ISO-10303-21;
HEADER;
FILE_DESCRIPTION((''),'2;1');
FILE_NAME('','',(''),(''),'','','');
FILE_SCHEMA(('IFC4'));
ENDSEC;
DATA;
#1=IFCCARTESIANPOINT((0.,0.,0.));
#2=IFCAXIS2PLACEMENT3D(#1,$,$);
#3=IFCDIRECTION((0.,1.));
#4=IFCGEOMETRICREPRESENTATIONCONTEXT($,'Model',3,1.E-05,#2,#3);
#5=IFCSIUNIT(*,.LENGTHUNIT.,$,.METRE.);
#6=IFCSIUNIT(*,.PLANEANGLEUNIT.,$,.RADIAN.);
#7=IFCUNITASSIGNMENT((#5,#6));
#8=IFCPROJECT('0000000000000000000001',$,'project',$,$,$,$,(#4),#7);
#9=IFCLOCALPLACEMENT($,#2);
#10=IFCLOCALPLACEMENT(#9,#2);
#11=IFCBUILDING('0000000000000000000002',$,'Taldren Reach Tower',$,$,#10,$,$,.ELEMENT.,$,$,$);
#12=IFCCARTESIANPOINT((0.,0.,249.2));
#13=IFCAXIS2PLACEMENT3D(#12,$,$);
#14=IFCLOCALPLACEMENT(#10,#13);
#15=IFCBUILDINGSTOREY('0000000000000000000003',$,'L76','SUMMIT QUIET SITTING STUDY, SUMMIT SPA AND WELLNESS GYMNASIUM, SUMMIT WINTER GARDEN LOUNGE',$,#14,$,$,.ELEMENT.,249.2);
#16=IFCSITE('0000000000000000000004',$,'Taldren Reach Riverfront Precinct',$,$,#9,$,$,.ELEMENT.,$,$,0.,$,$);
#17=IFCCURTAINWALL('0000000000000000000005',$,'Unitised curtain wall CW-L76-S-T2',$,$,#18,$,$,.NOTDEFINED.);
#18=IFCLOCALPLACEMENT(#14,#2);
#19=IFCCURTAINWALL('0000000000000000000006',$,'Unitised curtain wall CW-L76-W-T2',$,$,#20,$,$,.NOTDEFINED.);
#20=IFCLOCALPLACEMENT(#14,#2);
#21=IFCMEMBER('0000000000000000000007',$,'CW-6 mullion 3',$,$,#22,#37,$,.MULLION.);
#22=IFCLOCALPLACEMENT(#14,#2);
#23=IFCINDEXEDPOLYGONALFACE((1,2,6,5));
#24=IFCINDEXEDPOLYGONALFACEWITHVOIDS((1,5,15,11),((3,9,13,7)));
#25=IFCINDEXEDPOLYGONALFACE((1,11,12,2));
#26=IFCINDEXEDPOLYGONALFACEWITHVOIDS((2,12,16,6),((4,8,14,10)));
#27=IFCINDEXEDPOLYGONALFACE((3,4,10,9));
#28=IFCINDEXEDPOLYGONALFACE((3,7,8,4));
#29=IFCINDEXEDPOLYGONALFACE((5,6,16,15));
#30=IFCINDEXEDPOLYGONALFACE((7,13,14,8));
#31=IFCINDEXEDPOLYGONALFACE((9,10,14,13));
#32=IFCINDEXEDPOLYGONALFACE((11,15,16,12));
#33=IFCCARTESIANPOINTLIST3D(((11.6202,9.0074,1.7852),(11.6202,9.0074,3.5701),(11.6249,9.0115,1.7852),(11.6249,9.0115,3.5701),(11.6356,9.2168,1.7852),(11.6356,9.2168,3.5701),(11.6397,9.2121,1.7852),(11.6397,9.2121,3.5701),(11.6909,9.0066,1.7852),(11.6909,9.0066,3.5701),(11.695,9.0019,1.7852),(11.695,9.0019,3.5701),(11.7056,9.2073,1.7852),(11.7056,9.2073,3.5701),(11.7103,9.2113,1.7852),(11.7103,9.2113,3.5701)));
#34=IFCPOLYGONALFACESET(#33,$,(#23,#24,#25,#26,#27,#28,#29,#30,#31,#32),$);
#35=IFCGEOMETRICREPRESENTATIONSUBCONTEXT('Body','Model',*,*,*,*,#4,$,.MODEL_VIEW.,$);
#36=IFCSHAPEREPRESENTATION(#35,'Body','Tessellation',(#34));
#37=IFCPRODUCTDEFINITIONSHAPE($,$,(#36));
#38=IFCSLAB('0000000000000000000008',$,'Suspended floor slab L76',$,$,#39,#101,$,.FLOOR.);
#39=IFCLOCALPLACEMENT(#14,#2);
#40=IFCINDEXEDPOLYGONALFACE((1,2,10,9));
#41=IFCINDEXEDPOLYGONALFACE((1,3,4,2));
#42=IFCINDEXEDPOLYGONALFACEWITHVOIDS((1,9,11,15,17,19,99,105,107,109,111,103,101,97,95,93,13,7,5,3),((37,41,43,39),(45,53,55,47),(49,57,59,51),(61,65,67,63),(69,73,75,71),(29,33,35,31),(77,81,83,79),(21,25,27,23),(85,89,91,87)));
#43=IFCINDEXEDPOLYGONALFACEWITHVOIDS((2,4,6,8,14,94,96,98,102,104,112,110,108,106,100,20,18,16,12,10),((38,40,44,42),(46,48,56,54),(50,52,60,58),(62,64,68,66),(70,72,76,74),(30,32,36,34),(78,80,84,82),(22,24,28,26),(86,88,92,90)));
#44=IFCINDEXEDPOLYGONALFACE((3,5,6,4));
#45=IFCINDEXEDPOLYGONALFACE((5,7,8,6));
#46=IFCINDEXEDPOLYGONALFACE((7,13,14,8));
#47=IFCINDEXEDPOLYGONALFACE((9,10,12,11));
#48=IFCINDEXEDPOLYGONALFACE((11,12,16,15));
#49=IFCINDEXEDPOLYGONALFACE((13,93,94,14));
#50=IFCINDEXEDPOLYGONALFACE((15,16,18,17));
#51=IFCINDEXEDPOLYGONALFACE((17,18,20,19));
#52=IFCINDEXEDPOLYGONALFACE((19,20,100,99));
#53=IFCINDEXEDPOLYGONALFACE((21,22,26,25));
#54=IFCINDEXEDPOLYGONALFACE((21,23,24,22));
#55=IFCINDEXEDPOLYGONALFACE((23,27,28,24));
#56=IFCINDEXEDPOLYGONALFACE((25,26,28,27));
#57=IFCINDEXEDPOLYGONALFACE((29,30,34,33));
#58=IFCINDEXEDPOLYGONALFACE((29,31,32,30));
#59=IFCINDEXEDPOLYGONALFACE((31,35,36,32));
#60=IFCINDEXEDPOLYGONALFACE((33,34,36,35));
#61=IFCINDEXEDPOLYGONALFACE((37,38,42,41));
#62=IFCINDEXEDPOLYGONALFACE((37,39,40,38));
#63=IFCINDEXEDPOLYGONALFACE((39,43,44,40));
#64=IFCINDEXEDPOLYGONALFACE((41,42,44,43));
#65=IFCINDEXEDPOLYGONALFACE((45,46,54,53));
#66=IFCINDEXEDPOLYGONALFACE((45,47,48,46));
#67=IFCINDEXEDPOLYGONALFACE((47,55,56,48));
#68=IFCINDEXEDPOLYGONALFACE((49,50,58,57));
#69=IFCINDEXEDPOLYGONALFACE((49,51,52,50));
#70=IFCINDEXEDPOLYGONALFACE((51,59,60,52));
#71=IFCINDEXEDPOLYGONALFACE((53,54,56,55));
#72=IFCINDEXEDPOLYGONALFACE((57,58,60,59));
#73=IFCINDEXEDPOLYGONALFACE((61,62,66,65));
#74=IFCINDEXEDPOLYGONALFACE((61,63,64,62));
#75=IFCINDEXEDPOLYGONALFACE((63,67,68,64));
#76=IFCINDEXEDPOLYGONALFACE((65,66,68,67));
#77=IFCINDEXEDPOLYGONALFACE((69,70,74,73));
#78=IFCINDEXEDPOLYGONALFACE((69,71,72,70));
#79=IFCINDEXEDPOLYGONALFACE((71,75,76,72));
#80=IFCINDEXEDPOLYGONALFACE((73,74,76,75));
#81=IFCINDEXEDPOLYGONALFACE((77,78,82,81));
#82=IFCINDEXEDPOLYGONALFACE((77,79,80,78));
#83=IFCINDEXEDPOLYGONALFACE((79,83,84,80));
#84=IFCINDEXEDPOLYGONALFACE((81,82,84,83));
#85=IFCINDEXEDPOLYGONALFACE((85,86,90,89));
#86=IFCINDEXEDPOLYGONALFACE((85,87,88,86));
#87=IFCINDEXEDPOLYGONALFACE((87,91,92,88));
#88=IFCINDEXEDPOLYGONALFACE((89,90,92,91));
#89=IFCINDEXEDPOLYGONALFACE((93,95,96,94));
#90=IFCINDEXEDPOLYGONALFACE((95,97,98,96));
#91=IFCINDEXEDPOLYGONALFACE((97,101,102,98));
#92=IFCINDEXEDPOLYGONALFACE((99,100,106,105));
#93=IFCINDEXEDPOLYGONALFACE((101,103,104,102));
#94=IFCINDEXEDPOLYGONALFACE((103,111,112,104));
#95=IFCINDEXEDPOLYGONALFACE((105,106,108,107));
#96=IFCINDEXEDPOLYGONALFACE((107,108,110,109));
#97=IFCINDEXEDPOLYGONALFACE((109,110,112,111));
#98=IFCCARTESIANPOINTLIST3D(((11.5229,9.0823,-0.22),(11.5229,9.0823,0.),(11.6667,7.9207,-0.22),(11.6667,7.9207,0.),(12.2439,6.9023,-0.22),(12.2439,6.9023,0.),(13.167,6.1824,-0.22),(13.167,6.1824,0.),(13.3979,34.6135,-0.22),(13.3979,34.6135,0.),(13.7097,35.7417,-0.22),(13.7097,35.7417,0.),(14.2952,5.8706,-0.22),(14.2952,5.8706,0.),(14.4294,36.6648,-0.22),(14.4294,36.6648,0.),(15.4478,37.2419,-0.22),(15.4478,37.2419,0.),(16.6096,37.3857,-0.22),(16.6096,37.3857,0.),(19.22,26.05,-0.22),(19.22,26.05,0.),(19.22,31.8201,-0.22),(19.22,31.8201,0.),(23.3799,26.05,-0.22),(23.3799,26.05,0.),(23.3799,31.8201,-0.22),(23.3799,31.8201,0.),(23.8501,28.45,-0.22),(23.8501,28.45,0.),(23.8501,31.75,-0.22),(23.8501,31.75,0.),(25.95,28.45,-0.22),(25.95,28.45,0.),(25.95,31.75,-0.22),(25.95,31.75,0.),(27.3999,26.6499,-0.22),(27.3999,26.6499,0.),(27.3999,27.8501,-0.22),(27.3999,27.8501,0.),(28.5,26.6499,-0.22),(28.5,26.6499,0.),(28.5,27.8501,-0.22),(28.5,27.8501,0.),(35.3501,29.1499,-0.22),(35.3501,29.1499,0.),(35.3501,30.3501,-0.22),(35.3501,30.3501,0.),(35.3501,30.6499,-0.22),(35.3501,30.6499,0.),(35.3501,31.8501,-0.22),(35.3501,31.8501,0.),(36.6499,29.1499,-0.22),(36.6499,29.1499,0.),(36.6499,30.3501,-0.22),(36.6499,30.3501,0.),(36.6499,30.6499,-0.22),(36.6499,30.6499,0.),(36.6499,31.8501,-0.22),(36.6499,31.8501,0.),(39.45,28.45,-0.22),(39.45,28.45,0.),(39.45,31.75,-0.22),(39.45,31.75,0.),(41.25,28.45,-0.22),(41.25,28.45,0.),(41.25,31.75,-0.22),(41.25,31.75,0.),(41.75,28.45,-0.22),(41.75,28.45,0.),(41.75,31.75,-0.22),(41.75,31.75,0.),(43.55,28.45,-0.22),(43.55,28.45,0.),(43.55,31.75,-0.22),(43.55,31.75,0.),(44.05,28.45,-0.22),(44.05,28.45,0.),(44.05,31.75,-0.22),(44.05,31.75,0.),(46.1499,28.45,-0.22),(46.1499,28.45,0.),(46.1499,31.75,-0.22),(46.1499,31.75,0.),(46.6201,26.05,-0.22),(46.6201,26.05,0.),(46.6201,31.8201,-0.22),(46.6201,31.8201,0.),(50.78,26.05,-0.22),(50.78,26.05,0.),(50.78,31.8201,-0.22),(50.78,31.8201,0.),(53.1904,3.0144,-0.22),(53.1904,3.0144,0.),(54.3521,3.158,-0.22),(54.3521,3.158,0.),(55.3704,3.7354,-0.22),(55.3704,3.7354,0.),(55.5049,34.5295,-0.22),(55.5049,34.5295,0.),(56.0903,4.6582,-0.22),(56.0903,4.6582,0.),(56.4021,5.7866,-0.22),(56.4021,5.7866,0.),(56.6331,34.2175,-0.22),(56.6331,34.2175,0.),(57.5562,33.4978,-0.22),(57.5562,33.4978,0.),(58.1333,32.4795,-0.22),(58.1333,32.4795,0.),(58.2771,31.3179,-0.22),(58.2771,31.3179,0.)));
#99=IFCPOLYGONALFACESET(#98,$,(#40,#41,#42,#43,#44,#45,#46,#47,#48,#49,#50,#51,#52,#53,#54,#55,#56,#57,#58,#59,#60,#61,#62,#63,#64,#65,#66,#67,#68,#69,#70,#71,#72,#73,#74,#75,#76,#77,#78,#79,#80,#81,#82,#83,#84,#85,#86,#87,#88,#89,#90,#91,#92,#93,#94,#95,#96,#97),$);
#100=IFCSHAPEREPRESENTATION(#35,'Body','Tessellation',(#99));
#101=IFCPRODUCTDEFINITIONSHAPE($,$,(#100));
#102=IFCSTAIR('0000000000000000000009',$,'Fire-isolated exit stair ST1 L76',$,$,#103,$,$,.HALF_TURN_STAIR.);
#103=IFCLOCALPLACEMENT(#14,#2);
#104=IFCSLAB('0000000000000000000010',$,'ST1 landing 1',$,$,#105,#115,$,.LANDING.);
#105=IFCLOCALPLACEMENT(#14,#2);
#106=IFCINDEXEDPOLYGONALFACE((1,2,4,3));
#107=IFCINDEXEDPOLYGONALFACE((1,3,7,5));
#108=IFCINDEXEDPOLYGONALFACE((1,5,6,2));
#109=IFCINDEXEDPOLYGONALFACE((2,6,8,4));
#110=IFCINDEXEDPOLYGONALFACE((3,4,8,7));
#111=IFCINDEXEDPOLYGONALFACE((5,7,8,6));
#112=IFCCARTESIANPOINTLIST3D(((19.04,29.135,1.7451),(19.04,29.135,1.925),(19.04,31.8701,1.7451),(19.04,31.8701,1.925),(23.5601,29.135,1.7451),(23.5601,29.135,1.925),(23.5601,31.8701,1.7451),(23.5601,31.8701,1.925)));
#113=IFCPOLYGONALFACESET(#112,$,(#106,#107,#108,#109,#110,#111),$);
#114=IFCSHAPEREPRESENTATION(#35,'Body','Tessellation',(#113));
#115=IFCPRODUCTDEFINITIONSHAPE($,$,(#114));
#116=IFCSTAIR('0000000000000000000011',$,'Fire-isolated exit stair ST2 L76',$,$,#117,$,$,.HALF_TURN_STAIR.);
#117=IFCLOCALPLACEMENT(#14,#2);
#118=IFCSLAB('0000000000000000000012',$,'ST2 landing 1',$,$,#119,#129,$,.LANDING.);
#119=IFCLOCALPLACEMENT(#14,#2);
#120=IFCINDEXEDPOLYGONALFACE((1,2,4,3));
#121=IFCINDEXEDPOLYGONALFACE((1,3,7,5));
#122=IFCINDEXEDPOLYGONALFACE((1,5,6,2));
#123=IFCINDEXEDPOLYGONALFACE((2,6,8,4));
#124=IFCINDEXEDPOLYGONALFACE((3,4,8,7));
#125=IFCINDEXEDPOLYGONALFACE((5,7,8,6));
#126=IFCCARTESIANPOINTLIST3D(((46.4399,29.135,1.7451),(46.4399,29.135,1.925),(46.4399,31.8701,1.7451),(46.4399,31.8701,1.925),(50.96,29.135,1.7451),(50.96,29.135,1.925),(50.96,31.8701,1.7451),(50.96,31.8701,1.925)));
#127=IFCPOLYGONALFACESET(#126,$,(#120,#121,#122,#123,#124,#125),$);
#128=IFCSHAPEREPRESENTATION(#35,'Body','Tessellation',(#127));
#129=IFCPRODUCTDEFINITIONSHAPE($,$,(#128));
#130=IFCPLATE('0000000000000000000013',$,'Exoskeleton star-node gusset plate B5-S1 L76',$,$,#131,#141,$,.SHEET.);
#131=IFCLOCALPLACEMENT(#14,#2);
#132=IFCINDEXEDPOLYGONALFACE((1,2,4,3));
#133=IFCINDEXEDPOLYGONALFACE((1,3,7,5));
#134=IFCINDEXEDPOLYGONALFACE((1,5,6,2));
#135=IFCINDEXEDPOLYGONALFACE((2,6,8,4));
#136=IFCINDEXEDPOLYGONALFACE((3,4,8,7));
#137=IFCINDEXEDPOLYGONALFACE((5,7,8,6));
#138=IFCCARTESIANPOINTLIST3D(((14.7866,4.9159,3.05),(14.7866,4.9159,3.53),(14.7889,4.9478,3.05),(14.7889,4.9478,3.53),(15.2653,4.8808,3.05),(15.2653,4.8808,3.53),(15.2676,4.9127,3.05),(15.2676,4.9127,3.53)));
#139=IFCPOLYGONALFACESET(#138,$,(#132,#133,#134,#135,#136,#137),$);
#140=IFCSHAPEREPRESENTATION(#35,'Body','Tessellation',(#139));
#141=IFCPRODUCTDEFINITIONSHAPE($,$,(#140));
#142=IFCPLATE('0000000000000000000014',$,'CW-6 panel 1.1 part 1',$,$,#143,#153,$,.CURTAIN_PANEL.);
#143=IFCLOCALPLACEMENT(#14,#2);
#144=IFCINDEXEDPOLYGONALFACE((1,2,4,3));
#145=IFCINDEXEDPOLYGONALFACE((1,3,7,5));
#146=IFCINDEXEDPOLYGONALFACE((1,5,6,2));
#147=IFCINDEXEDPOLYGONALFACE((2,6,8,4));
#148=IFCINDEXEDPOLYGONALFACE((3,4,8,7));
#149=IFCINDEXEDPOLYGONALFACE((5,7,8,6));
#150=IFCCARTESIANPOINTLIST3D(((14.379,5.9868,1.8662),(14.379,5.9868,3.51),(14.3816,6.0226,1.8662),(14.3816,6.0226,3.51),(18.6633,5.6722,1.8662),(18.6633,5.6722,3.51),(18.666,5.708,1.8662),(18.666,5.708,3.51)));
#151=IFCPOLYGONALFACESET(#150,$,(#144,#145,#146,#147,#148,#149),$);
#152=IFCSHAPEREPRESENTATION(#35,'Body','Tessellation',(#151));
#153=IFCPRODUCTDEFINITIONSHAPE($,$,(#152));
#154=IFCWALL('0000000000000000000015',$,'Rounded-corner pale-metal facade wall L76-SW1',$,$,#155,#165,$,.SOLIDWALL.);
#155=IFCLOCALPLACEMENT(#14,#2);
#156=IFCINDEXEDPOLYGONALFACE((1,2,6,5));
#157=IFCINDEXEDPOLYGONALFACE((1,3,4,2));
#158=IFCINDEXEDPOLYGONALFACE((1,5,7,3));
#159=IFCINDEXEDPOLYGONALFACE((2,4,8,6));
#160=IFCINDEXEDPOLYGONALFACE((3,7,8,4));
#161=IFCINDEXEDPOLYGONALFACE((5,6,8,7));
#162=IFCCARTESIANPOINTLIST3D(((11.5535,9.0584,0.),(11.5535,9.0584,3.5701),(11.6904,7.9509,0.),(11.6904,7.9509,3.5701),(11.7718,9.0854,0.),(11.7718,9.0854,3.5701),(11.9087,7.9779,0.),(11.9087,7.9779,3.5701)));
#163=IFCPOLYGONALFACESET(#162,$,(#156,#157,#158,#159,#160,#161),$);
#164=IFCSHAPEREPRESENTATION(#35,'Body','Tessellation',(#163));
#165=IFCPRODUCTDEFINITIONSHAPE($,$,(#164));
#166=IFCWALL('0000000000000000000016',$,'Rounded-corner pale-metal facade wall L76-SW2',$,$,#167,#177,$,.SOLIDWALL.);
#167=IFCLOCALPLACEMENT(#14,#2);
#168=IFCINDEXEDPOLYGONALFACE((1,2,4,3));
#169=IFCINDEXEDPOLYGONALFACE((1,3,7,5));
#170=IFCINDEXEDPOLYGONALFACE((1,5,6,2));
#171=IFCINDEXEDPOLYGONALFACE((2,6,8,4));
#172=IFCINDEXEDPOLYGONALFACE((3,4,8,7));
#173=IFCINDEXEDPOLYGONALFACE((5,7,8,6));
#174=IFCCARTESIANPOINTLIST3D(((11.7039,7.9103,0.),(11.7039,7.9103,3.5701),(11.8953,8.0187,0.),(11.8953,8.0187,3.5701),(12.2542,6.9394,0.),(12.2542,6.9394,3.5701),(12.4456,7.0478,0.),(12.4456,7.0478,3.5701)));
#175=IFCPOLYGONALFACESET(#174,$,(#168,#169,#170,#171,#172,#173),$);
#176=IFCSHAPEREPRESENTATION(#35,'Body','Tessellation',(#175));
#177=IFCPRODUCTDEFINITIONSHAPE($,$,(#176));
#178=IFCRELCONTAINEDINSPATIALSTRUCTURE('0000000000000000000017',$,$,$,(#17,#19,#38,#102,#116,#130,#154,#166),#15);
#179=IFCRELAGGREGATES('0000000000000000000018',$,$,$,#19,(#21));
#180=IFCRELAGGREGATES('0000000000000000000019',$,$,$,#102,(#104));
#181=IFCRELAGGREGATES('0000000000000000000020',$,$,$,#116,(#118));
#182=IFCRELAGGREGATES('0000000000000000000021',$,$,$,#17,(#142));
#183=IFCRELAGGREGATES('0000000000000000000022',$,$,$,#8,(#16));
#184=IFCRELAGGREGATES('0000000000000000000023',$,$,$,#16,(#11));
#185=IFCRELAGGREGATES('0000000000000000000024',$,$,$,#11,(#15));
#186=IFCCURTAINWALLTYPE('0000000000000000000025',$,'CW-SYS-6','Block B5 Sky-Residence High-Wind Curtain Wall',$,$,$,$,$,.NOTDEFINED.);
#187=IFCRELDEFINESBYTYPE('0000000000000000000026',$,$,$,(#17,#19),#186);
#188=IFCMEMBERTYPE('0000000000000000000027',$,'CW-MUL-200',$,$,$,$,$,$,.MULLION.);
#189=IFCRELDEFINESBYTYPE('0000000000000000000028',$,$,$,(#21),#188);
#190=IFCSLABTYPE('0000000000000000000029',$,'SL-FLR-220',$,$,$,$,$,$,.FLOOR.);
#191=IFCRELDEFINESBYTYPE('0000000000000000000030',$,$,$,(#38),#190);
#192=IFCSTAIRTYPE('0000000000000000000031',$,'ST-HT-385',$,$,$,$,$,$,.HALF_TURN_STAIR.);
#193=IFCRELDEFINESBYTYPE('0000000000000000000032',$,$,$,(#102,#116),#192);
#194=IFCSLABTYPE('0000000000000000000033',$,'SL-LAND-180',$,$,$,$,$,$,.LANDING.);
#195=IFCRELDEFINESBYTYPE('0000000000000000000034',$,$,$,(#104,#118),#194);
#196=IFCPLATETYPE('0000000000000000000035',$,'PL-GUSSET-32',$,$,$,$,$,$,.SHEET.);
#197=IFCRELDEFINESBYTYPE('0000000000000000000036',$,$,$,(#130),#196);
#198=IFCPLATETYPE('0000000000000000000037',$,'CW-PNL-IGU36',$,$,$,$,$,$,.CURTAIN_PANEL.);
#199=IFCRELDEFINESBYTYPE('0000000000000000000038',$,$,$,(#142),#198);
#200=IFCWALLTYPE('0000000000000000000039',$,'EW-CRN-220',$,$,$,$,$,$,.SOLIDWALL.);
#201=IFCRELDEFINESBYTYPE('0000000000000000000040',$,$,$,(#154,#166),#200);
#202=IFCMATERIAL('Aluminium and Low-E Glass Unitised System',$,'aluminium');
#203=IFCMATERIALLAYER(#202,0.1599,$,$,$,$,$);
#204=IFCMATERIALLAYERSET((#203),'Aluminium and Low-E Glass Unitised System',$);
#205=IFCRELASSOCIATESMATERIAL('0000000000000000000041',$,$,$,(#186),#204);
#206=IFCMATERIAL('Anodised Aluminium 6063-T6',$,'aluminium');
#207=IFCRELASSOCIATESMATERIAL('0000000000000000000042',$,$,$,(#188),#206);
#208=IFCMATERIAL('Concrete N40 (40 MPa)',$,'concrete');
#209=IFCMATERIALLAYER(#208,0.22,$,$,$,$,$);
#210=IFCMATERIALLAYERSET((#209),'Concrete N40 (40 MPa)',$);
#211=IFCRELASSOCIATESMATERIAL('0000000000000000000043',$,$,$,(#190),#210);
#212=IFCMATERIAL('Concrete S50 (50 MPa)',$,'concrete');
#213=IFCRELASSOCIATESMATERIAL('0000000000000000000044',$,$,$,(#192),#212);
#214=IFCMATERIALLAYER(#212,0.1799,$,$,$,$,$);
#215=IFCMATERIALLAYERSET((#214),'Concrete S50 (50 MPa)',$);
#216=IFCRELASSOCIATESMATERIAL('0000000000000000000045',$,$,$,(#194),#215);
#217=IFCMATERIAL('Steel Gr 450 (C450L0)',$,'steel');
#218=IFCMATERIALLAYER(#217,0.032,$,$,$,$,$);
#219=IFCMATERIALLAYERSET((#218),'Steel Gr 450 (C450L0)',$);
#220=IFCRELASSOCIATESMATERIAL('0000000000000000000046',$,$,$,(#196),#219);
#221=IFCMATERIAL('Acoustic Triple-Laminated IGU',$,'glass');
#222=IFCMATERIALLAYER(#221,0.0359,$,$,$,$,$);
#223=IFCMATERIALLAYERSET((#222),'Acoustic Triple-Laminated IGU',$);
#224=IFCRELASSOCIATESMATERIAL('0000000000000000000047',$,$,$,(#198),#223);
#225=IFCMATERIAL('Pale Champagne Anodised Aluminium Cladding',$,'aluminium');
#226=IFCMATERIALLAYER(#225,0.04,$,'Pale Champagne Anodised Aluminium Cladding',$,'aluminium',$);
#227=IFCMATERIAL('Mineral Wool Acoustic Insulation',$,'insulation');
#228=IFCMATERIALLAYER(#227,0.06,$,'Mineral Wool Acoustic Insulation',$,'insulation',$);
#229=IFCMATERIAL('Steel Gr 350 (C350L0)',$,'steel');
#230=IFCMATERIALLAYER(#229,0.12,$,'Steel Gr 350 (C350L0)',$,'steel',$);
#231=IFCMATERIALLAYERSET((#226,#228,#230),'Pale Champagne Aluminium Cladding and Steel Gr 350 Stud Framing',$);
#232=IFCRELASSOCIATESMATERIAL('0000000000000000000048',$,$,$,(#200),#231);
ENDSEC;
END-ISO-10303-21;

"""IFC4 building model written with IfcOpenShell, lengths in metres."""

from ifc_helpers import new_model, si_unit, direction, frame, frame_2d, origin, origin_2d, place, context, subcontext, project, spatial, polyline, rectangle, hollow_rectangle, outline, extrude, source, transform, mapped, material, layer, layer_set, material_profile, profile_set, type_object, element, aggregate, save


model = new_model("IFC4")

# Units and contexts
model_context = context("Model", 3, precision=1e-05, world=origin(), true_north=direction((0.0, 1.0)))
body_context = subcontext(model_context, "Body", "Model", "MODEL_VIEW")
ifc_project = project(units=[si_unit("LENGTHUNIT", "METRE"), si_unit("PLANEANGLEUNIT", "RADIAN")], contexts=[model_context])

# Site, building, storey
site_placement = place(None, origin())
site = spatial("IfcSite", under=ifc_project, at=site_placement, Name="Taldren Reach Riverfront Precinct", CompositionType="ELEMENT", RefElevation=0.0)
building_placement = place(site_placement, origin())
building = spatial("IfcBuilding", under=site, at=building_placement, Name="Taldren Reach Tower", CompositionType="ELEMENT")
storey_placement = place(building_placement, frame((0.0, 0.0, 249.2)))
storey = spatial("IfcBuildingStorey", under=building, at=storey_placement, Name="L76", Description="SUMMIT QUIET SITTING STUDY, SUMMIT SPA AND WELLNESS GYMNASIUM, SUMMIT WINTER GARDEN LOUNGE", CompositionType="ELEMENT", Elevation=249.2)

# Shared definitions
ifc_material_1 = material(Name="Steel Gr 350 (C350L0)", Category="steel")

# Shared definitions
ifc_material_2 = material(Name="Steel Gr 450 (C450L0)", Category="steel")

# Curtain wall
ifc_material_3 = material(Name="Aluminium and Low-E Glass Unitised System", Category="aluminium")
ifc_layer_1 = layer(ifc_material_3, 0.1599)
ifc_layer_set_1 = layer_set([ifc_layer_1], Name="Aluminium and Low-E Glass Unitised System")
curtain_wall_type = type_object("IfcCurtainWallType", Name="CW-SYS-6", Description="Block B5 Sky-Residence High-Wind Curtain Wall", PredefinedType="NOTDEFINED", material=ifc_layer_set_1)
ifc_material_4 = material(Name="Anodised Aluminium 6063-T6", Category="aluminium")
curtain_wall_1_placement = place(storey_placement, origin())
curtain_wall_1 = element("IfcCurtainWall", 1, at=curtain_wall_1_placement, inside=storey, type_object=curtain_wall_type, Name="Unitised curtain wall CW-L76-S-T2", PredefinedType="NOTDEFINED")

# Shared definitions
ifc_material_profile_1 = material_profile(ifc_material_4, hollow_rectangle(XDim=0.075, YDim=0.21, WallThickness=0.0044, at=origin_2d()), Name="ALU-210x75x4.5RHS")
ifc_profile_set_1 = profile_set([ifc_material_profile_1], Name="Anodised Aluminium 6063-T6")
member_type_1 = type_object("IfcMemberType", Name="CW-MUL-200", PredefinedType="MULLION", material=ifc_profile_set_1)

# Shared definitions
shared_shape_1 = source(origin(), body_context, "Body", "SweptSolid", [
    extrude(hollow_rectangle(XDim=0.075, YDim=0.21, WallThickness=0.0044, at=origin_2d()), origin(), (0.0, 0.0, 1.0), 1.7849),
])

# Curtain wall, member
curtain_wall_2_placement = place(storey_placement, origin())
curtain_wall_2 = element("IfcCurtainWall", 2, at=curtain_wall_2_placement, inside=storey, type_object=curtain_wall_type, Name="Unitised curtain wall CW-L76-W-T2", PredefinedType="NOTDEFINED")
member_1_placement = place(storey_placement, frame((11.6653, 9.1094, 1.7852), z_axis=(0.0, 0.0, 1.0), x_axis=(0.997314, -0.073238, 0.0)))
member_1 = element("IfcMember", 3, at=member_1_placement, type_object=member_type_1, Name="CW-6 mullion 3", PredefinedType="MULLION", context=body_context, shape_type="MappedRepresentation", body=[
    mapped(shared_shape_1, transform((0.0, 0.0, 0.0), scale=1.0)),
])
aggregate(curtain_wall_2, [member_1])

# Slab
ifc_material_5 = material(Name="Concrete N40 (40 MPa)", Category="concrete")
ifc_layer_2 = layer(ifc_material_5, 0.22)
ifc_layer_set_2 = layer_set([ifc_layer_2], Name="Concrete N40 (40 MPa)")
slab_type_1 = type_object("IfcSlabType", Name="SL-FLR-220", PredefinedType="FLOOR", material=ifc_layer_set_2)
slab_1_placement = place(storey_placement, frame((0.0, 0.0, -0.22)))
element("IfcSlab", 4, at=slab_1_placement, inside=storey, type_object=slab_type_1, Name="Suspended floor slab L76", PredefinedType="FLOOR", context=body_context, shape_type="SweptSolid", body=[
    extrude(outline(polyline([(53.1904, 3.0144), (54.3521, 3.158), (55.3704, 3.7354), (56.0903, 4.6582), (56.4021, 5.7866), (58.2771, 31.3179), (58.1333, 32.4795), (57.5562, 33.4978), (56.6331, 34.2175), (55.5049, 34.5295), (16.6096, 37.3857), (15.4478, 37.2419), (14.4294, 36.6648), (13.7097, 35.7417), (13.3979, 34.6135), (11.5229, 9.0823), (11.6667, 7.9207), (12.2439, 6.9023), (13.167, 6.1824), (14.2952, 5.8706), (53.1904, 3.0144)]), holes=[polyline([(19.22, 26.05), (23.3799, 26.05), (23.3799, 31.8201), (19.22, 31.8201), (19.22, 26.05)]), polyline([(46.6201, 26.05), (50.78, 26.05), (50.78, 31.8201), (46.6201, 31.8201), (46.6201, 26.05)]), polyline([(23.8501, 28.45), (25.95, 28.45), (25.95, 31.75), (23.8501, 31.75), (23.8501, 28.45)]), polyline([(44.05, 28.45), (46.1499, 28.45), (46.1499, 31.75), (44.05, 31.75), (44.05, 28.45)]), polyline([(39.45, 28.45), (41.25, 28.45), (41.25, 31.75), (39.45, 31.75), (39.45, 28.45)]), polyline([(41.75, 28.45), (43.55, 28.45), (43.55, 31.75), (41.75, 31.75), (41.75, 28.45)]), polyline([(35.3501, 30.6499), (36.6499, 30.6499), (36.6499, 31.8501), (35.3501, 31.8501), (35.3501, 30.6499)]), polyline([(35.3501, 29.1499), (36.6499, 29.1499), (36.6499, 30.3501), (35.3501, 30.3501), (35.3501, 29.1499)]), polyline([(27.3999, 26.6499), (28.5, 26.6499), (28.5, 27.8501), (27.3999, 27.8501), (27.3999, 26.6499)])]), origin(), (0.0, 0.0, 1.0), 0.22),
])

# Stairs, slabs
ifc_material_6 = material(Name="Concrete S50 (50 MPa)", Category="concrete")
stair_type = type_object("IfcStairType", Name="ST-HT-385", PredefinedType="HALF_TURN_STAIR", material=ifc_material_6)
stair_1_placement = place(storey_placement, origin())
stair_1 = element("IfcStair", 5, at=stair_1_placement, inside=storey, type_object=stair_type, Name="Fire-isolated exit stair ST1 L76", PredefinedType="HALF_TURN_STAIR")
ifc_layer_3 = layer(ifc_material_6, 0.1799)
ifc_layer_set_3 = layer_set([ifc_layer_3], Name="Concrete S50 (50 MPa)")
slab_type_2 = type_object("IfcSlabType", Name="SL-LAND-180", PredefinedType="LANDING", material=ifc_layer_set_3)
slab_2_placement = place(storey_placement, frame((0.0, 0.0, 1.7451)))
slab_2 = element("IfcSlab", 6, at=slab_2_placement, type_object=slab_type_2, Name="ST1 landing 1", PredefinedType="LANDING", context=body_context, shape_type="SweptSolid", body=[
    extrude(outline(polyline([(19.04, 29.135), (23.5601, 29.135), (23.5601, 31.8701), (19.04, 31.8701), (19.04, 29.135)])), origin(), (0.0, 0.0, 1.0), 0.1799),
])
aggregate(stair_1, [slab_2])
stair_2_placement = place(storey_placement, origin())
stair_2 = element("IfcStair", 7, at=stair_2_placement, inside=storey, type_object=stair_type, Name="Fire-isolated exit stair ST2 L76", PredefinedType="HALF_TURN_STAIR")
slab_3_placement = place(storey_placement, frame((0.0, 0.0, 1.7451)))
slab_3 = element("IfcSlab", 8, at=slab_3_placement, type_object=slab_type_2, Name="ST2 landing 1", PredefinedType="LANDING", context=body_context, shape_type="SweptSolid", body=[
    extrude(outline(polyline([(46.4399, 29.135), (50.96, 29.135), (50.96, 31.8701), (46.4399, 31.8701), (46.4399, 29.135)])), origin(), (0.0, 0.0, 1.0), 0.1799),
])
aggregate(stair_2, [slab_3])

# Plates
ifc_layer_4 = layer(ifc_material_2, 0.032)
ifc_layer_set_4 = layer_set([ifc_layer_4], Name="Steel Gr 450 (C450L0)")
plate_type_1 = type_object("IfcPlateType", Name="PL-GUSSET-32", PredefinedType="SHEET", material=ifc_layer_set_4)
shared_shape_2 = source(origin(), body_context, "Body", "SweptSolid", [
    extrude(rectangle(XDim=0.48, YDim=0.032, at=origin_2d()), origin(), (0.0, 0.0, 1.0), 0.48),
])
plate_1_placement = place(storey_placement, frame((15.0271, 4.9143, 3.05), z_axis=(0.0, 0.0, 1.0), x_axis=(0.997314, -0.073238, 0.0)))
element("IfcPlate", 9, at=plate_1_placement, inside=storey, type_object=plate_type_1, Name="Exoskeleton star-node gusset plate B5-S1 L76", PredefinedType="SHEET", context=body_context, shape_type="MappedRepresentation", body=[
    mapped(shared_shape_2, transform((0.0, 0.0, 0.0), scale=1.0)),
])
ifc_material_7 = material(Name="Acoustic Triple-Laminated IGU", Category="glass")
ifc_layer_5 = layer(ifc_material_7, 0.0359)
ifc_layer_set_5 = layer_set([ifc_layer_5], Name="Acoustic Triple-Laminated IGU")
plate_type_2 = type_object("IfcPlateType", Name="CW-PNL-IGU36", PredefinedType="CURTAIN_PANEL", material=ifc_layer_set_5)
shared_shape_3 = source(origin(), body_context, "Body", "SweptSolid", [
    extrude(rectangle(XDim=4.2959, YDim=0.0359, at=origin_2d()), origin(), (0.0, 0.0, 1.0), 1.6438),
])
plate_2_placement = place(storey_placement, frame((16.5225, 5.8474, 1.8662), z_axis=(0.0, 0.0, 1.0), x_axis=(0.997314, -0.073238, 0.0)))
plate_2 = element("IfcPlate", 10, at=plate_2_placement, type_object=plate_type_2, Name="CW-6 panel 1.1 part 1", PredefinedType="CURTAIN_PANEL", context=body_context, shape_type="MappedRepresentation", body=[
    mapped(shared_shape_3, transform((0.0, 0.0, 0.0), scale=1.0)),
])
aggregate(curtain_wall_1, [plate_2])

# Walls
ifc_material_8 = material(Name="Pale Champagne Anodised Aluminium Cladding", Category="aluminium")
ifc_layer_6 = layer(ifc_material_8, 0.04, Name="Pale Champagne Anodised Aluminium Cladding", Category="aluminium")
ifc_material_9 = material(Name="Mineral Wool Acoustic Insulation", Category="insulation")
ifc_layer_7 = layer(ifc_material_9, 0.06, Name="Mineral Wool Acoustic Insulation", Category="insulation")
ifc_layer_8 = layer(ifc_material_1, 0.12, Name="Steel Gr 350 (C350L0)", Category="steel")
ifc_layer_set_6 = layer_set([ifc_layer_6, ifc_layer_7, ifc_layer_8], Name="Pale Champagne Aluminium Cladding and Steel Gr 350 Stud Framing")
wall_type = type_object("IfcWallType", Name="EW-CRN-220", PredefinedType="SOLIDWALL", material=ifc_layer_set_6)
shared_shape_4 = source(origin(), body_context, "Body", "SweptSolid", [
    extrude(rectangle(XDim=1.116, YDim=0.22, at=frame_2d((0.5581, 0.0))), origin(), (0.0, 0.0, 1.0), 3.5701),
])
for number, where, z_axis, x_axis, name in (
    (11, (11.6626, 9.072, 0.0), (0.0, 0.0, 1.0), (0.122742, -0.992439, 0.0), "Rounded-corner pale-metal facade wall L76-SW1"),
    (12, (11.7996, 7.9646, 0.0), (0.0, 0.0, 1.0), (0.493073, -0.869988, 0.0), "Rounded-corner pale-metal facade wall L76-SW2"),
):
    element("IfcWall", number, at=place(storey_placement, frame(where, z_axis=z_axis, x_axis=x_axis)), inside=storey, type_object=wall_type, Name=name, PredefinedType="SOLIDWALL", context=body_context, shape_type="MappedRepresentation", body=[
        mapped(shared_shape_4, transform((0.0, 0.0, 0.0), scale=1.0)),
    ])

save(model, "model.ifc")
